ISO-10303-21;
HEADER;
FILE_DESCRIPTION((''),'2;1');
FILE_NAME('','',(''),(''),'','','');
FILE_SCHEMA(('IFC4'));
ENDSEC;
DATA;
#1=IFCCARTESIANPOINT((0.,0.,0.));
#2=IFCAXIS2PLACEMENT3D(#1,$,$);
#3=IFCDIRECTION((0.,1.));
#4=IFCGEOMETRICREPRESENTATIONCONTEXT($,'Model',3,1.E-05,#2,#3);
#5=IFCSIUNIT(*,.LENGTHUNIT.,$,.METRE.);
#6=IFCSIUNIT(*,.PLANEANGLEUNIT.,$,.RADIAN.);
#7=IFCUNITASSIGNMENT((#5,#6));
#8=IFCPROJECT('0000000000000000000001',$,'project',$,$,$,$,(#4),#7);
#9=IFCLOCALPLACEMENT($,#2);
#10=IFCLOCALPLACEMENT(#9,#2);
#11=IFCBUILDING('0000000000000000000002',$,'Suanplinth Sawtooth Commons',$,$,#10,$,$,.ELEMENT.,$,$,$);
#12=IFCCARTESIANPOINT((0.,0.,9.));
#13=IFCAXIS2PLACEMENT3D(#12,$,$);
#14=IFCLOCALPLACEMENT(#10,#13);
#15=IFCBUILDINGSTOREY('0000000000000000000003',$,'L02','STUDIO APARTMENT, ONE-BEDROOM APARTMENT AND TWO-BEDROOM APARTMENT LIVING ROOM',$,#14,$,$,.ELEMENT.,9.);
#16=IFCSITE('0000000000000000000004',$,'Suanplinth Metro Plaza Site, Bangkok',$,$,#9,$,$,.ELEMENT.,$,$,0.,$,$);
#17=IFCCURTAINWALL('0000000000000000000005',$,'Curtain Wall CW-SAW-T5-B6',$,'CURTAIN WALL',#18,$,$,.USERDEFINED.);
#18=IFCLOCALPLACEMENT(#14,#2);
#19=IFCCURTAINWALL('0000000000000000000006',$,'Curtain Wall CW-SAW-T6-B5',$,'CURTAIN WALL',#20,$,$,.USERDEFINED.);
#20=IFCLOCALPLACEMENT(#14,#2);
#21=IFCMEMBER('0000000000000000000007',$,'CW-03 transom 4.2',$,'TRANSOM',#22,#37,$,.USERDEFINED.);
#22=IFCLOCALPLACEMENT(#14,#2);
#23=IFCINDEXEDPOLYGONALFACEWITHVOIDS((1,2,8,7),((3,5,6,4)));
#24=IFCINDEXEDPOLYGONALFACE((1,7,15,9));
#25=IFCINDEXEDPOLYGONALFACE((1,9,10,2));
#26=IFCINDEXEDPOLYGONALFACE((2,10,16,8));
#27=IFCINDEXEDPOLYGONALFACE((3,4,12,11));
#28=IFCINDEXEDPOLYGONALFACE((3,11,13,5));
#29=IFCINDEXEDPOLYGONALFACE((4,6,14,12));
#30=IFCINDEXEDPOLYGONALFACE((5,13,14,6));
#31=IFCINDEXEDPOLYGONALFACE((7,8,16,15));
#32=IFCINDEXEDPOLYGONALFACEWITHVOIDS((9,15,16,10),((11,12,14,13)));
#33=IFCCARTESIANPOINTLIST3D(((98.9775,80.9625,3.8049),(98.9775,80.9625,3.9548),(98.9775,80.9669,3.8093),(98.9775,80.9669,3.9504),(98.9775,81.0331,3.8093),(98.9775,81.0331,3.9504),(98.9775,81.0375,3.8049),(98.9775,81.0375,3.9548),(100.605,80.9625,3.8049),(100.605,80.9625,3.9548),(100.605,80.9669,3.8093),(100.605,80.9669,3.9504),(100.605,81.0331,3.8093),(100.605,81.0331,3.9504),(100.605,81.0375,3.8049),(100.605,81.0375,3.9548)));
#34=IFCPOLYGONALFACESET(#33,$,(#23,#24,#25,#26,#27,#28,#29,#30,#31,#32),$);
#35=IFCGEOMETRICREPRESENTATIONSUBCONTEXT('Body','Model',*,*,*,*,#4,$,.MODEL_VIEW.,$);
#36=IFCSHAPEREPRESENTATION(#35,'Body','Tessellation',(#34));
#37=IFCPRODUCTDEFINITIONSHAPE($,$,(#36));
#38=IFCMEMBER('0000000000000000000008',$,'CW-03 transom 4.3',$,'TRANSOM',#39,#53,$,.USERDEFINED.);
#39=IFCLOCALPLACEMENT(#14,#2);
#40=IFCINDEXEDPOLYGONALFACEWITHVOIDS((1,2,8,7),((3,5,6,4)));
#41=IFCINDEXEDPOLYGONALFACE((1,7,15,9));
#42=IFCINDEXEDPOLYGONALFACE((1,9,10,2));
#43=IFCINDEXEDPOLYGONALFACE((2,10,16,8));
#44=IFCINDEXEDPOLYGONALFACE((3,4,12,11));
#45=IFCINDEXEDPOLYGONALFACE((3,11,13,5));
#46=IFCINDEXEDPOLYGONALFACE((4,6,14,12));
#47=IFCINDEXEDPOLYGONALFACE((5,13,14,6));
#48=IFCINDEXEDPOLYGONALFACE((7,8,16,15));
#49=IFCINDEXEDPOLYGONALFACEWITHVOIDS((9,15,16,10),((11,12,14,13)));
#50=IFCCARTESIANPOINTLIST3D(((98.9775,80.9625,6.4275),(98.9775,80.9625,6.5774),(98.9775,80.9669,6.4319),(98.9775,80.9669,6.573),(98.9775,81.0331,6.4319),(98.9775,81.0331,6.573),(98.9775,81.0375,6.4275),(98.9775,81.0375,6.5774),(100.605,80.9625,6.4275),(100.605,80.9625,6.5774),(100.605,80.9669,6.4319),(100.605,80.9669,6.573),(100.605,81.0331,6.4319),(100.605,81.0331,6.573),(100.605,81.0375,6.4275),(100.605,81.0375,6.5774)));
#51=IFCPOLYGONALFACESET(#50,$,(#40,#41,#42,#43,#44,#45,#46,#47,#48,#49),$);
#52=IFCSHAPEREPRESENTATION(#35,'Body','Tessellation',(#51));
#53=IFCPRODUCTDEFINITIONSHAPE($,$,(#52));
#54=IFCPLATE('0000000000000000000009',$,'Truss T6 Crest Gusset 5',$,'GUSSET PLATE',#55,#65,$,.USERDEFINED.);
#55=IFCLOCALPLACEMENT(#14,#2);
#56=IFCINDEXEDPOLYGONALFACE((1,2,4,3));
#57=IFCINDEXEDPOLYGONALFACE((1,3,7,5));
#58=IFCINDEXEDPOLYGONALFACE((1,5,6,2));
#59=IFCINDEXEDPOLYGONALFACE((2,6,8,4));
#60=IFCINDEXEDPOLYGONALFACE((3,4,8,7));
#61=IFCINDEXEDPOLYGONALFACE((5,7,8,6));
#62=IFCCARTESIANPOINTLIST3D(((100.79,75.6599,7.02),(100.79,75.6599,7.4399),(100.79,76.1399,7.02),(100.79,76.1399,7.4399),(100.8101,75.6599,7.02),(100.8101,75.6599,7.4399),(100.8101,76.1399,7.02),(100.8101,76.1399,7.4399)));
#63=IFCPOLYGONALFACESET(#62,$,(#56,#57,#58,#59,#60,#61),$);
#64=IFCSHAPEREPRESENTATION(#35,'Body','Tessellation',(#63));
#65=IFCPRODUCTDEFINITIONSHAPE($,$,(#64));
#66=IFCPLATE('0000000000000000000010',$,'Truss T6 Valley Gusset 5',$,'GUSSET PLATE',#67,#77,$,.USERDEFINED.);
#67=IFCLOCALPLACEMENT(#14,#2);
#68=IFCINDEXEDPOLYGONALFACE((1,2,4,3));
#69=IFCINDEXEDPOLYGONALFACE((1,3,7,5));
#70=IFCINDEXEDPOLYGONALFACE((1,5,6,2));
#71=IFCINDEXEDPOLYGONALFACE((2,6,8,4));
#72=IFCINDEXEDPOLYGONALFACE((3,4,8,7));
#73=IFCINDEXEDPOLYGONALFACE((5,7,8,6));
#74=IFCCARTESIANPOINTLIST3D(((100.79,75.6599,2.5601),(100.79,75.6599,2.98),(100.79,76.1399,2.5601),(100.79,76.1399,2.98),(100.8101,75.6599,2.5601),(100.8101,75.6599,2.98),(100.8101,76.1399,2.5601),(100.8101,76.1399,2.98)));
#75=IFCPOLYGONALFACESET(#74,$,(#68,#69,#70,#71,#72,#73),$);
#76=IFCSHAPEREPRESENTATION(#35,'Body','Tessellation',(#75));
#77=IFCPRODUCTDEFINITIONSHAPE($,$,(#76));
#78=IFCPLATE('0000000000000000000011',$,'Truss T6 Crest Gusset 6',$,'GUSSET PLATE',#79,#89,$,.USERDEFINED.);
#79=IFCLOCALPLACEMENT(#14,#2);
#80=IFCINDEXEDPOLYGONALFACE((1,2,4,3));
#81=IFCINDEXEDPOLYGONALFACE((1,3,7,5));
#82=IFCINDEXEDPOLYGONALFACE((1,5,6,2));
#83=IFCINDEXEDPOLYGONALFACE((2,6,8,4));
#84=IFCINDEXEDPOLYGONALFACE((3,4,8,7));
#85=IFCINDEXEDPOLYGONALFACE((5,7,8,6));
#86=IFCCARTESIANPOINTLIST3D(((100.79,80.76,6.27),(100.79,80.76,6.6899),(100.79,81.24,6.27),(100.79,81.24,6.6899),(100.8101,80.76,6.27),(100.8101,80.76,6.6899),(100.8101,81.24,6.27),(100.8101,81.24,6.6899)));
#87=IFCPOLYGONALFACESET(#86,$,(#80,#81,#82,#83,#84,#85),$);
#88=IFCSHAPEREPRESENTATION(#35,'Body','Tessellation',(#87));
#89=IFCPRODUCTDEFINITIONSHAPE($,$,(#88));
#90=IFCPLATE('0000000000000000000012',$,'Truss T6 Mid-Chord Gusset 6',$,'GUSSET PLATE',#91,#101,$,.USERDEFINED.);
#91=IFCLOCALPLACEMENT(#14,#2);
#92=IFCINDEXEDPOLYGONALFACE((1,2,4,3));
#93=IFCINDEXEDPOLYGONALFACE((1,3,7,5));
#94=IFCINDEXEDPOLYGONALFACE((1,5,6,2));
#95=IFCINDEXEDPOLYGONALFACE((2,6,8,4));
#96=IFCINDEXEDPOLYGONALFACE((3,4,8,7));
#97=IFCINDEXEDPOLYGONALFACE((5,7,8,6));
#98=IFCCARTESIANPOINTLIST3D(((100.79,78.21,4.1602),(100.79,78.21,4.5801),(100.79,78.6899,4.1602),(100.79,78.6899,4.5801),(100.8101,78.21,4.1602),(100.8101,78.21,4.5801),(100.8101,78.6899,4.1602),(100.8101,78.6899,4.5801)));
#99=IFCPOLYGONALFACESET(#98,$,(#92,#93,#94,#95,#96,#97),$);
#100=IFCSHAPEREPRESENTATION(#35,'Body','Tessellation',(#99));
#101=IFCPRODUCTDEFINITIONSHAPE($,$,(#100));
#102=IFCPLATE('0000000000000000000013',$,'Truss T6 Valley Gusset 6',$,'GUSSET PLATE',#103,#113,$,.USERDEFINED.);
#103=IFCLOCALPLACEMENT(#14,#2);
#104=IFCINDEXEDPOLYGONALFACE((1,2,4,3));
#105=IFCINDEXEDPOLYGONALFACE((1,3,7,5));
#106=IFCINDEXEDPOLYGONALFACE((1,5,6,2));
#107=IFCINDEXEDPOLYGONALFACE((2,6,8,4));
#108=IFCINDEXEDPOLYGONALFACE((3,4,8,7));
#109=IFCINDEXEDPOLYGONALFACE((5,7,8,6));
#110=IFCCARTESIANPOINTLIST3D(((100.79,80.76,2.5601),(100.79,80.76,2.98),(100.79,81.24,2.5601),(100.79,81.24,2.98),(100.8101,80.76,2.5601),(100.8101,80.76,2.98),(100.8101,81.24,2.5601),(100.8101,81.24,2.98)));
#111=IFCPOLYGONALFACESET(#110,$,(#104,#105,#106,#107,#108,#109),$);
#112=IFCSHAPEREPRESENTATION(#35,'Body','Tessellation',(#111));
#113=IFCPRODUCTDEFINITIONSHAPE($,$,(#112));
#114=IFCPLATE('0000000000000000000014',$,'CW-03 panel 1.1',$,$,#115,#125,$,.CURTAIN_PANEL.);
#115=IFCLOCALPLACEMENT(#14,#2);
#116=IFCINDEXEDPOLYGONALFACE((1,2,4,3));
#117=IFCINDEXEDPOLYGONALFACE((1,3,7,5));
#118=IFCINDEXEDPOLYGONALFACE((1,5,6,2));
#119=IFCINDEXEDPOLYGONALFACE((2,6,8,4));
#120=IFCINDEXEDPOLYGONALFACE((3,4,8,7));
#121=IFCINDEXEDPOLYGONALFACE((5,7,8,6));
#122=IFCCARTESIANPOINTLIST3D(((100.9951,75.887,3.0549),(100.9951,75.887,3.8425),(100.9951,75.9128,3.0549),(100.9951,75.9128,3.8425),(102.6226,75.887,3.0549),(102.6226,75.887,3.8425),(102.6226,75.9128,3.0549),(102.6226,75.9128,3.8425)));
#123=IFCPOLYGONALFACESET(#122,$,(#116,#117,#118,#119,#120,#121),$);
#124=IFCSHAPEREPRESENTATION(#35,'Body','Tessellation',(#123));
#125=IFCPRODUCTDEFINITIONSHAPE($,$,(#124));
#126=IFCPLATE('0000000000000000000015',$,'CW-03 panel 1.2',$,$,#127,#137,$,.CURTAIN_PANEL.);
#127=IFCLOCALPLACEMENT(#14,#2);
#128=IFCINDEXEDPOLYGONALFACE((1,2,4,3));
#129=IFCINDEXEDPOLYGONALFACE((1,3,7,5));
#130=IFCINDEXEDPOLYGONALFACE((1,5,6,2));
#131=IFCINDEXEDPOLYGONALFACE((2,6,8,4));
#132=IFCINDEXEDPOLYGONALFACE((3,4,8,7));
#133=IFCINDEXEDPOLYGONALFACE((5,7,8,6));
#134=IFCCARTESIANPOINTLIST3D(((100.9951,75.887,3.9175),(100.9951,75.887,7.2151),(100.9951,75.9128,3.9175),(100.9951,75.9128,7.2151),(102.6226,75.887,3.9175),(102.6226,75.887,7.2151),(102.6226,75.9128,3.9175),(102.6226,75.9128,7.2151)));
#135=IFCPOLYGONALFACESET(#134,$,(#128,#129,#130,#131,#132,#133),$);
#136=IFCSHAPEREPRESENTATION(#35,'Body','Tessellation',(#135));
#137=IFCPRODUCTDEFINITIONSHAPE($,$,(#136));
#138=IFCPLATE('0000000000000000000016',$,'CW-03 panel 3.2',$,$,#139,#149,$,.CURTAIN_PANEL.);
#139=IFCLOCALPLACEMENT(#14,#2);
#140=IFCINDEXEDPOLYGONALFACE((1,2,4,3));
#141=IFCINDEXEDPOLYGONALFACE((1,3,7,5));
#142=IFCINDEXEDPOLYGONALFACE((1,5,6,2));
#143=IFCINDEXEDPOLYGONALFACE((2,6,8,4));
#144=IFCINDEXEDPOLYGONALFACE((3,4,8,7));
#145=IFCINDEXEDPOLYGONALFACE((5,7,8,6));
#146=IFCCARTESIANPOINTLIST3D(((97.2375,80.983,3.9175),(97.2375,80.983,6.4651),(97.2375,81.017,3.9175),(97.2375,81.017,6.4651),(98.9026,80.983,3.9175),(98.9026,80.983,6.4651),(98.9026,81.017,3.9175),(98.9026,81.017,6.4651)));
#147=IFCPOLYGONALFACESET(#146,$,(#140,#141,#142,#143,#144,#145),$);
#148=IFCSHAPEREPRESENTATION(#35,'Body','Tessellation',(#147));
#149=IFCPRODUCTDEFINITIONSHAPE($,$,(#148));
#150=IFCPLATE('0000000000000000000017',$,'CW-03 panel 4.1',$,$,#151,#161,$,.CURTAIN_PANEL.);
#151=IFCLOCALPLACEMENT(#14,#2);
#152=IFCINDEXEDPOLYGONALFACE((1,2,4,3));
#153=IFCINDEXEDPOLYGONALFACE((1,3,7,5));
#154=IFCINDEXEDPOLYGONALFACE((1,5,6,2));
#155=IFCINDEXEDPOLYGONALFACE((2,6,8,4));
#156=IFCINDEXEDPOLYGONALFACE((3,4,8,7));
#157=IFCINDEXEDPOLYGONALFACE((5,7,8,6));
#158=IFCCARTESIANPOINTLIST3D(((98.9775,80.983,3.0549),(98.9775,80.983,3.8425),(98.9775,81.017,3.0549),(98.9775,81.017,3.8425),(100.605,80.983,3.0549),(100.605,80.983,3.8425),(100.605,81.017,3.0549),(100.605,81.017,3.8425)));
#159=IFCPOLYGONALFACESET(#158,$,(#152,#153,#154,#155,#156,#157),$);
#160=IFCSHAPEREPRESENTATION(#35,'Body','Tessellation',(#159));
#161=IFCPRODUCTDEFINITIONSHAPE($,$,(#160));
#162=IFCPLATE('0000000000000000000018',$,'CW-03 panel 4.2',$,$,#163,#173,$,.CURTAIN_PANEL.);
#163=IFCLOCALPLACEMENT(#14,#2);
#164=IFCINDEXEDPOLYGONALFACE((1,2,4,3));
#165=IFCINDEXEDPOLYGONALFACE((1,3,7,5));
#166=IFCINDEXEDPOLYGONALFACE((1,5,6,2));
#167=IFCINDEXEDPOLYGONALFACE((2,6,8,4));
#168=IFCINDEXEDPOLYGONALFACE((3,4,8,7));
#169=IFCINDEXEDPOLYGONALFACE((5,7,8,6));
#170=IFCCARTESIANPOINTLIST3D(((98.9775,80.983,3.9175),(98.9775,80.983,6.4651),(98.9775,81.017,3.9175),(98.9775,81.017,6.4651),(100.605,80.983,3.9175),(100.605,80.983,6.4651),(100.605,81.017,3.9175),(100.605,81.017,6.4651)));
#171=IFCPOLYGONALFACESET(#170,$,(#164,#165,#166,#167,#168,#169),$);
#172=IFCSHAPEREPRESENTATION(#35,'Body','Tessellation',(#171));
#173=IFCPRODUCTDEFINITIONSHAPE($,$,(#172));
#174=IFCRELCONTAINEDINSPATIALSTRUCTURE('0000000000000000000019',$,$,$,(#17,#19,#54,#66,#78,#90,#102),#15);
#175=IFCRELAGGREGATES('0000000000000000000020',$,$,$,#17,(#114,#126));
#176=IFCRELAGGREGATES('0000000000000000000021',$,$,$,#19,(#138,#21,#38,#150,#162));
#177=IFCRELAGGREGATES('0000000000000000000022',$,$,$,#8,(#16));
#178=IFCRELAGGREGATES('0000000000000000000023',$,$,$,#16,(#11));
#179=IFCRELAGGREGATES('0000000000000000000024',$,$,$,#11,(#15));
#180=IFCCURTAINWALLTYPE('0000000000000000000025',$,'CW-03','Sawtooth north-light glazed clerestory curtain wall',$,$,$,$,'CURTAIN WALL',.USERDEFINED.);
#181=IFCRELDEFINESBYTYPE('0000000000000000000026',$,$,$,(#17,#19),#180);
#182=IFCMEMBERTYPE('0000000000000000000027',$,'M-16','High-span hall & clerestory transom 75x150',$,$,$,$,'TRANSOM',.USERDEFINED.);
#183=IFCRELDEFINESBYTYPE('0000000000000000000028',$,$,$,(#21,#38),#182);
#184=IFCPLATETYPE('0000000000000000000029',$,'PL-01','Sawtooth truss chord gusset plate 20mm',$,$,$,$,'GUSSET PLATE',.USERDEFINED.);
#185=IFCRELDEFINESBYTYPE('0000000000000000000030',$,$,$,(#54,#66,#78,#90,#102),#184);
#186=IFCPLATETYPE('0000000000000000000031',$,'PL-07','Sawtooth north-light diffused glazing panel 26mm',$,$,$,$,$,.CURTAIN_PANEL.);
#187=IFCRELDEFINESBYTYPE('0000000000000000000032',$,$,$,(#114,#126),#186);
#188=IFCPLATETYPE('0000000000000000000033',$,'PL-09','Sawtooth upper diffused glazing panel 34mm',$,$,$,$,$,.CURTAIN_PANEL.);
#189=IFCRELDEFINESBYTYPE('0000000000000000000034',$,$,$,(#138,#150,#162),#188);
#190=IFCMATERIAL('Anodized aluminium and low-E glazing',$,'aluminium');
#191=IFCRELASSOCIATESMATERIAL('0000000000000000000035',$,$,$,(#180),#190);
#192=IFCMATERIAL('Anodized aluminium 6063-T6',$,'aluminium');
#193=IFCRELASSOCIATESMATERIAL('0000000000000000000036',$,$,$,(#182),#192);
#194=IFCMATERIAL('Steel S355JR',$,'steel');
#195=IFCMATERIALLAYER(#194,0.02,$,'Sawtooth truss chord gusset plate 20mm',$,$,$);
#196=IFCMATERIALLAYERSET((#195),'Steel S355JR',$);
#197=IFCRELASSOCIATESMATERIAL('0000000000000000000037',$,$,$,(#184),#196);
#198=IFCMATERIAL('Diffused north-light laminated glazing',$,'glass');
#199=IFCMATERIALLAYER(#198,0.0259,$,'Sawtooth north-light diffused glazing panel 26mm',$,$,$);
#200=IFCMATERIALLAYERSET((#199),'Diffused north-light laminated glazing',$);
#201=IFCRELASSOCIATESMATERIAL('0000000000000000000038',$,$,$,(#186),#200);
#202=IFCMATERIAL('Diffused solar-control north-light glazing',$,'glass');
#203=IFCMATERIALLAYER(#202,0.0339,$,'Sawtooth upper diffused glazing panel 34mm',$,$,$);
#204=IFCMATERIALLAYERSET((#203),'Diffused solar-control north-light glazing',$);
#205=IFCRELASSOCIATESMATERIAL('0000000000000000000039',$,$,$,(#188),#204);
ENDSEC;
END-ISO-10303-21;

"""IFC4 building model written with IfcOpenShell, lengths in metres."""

from ifc_helpers import new_model, si_unit, direction, frame, origin, origin_2d, place, context, subcontext, project, spatial, rectangle, hollow_rectangle, extrude, material, layer, layer_set, material_profile, profile_set, type_object, element, aggregate, save


model = new_model("IFC4")

# Units and contexts
model_context = context("Model", 3, precision=1e-05, world=origin(), true_north=direction((0.0, 1.0)))
body_context = subcontext(model_context, "Body", "Model", "MODEL_VIEW")
ifc_project = project(units=[si_unit("LENGTHUNIT", "METRE"), si_unit("PLANEANGLEUNIT", "RADIAN")], contexts=[model_context])

# Site, building, storey
site_placement = place(None, origin())
site = spatial("IfcSite", under=ifc_project, at=site_placement, Name="Suanplinth Metro Plaza Site, Bangkok", CompositionType="ELEMENT", RefElevation=0.0)
building_placement = place(site_placement, origin())
building = spatial("IfcBuilding", under=site, at=building_placement, Name="Suanplinth Sawtooth Commons", CompositionType="ELEMENT")
storey_placement = place(building_placement, frame((0.0, 0.0, 9.0)))
storey = spatial("IfcBuildingStorey", under=building, at=storey_placement, Name="L02", Description="STUDIO APARTMENT, ONE-BEDROOM APARTMENT AND TWO-BEDROOM APARTMENT LIVING ROOM", CompositionType="ELEMENT", Elevation=9.0)

# Shared definitions
ifc_material_1 = material(Name="Steel S355JR", Category="steel")

# Shared definitions
ifc_material_2 = material(Name="Anodized aluminium and low-E glazing", Category="aluminium")
curtain_wall_type = type_object("IfcCurtainWallType", Name="CW-03", Description="Sawtooth north-light glazed clerestory curtain wall", ElementType="CURTAIN WALL", PredefinedType="USERDEFINED", material=ifc_material_2)
ifc_material_3 = material(Name="Anodized aluminium 6063-T6", Category="aluminium")

# Curtain walls
curtain_wall_1_placement = place(storey_placement, origin())
curtain_wall_1 = element("IfcCurtainWall", 1, at=curtain_wall_1_placement, inside=storey, type_object=curtain_wall_type, Name="Curtain Wall CW-SAW-T5-B6", ObjectType="CURTAIN WALL", PredefinedType="USERDEFINED")
curtain_wall_2_placement = place(storey_placement, origin())
curtain_wall_2 = element("IfcCurtainWall", 2, at=curtain_wall_2_placement, inside=storey, type_object=curtain_wall_type, Name="Curtain Wall CW-SAW-T6-B5", ObjectType="CURTAIN WALL", PredefinedType="USERDEFINED")

# Members
ifc_material_profile_1 = material_profile(ifc_material_3, hollow_rectangle(XDim=0.075, YDim=0.1499, WallThickness=0.0044, at=origin_2d()), Name="ALU-TRN 75x150")
ifc_profile_set_1 = profile_set([ifc_material_profile_1], Name="Anodized aluminium 6063-T6")
member_type_1 = type_object("IfcMemberType", Name="M-16", Description="High-span hall & clerestory transom 75x150", ElementType="TRANSOM", PredefinedType="USERDEFINED", material=ifc_profile_set_1)
member_1_placement = place(storey_placement, frame((98.9775, 81.0, 3.8799), z_axis=(1.0, 0.0, 0.0), x_axis=(0.0, 1.0, 0.0)))
member_1 = element("IfcMember", 3, at=member_1_placement, type_object=member_type_1, Name="CW-03 transom 4.2", ObjectType="TRANSOM", PredefinedType="USERDEFINED", context=body_context, shape_type="SweptSolid", body=[
    extrude(hollow_rectangle(XDim=0.075, YDim=0.1499, WallThickness=0.0044, at=origin_2d()), origin(), (0.0, 0.0, 1.0), 1.6274),
])
member_2_placement = place(storey_placement, frame((98.9775, 81.0, 6.5024), z_axis=(1.0, 0.0, 0.0), x_axis=(0.0, 1.0, 0.0)))
member_2 = element("IfcMember", 4, at=member_2_placement, type_object=member_type_1, Name="CW-03 transom 4.3", ObjectType="TRANSOM", PredefinedType="USERDEFINED", context=body_context, shape_type="SweptSolid", body=[
    extrude(hollow_rectangle(XDim=0.075, YDim=0.1499, WallThickness=0.0044, at=origin_2d()), origin(), (0.0, 0.0, 1.0), 1.6274),
])

# Plates
ifc_layer_1 = layer(ifc_material_1, 0.02, Name="Sawtooth truss chord gusset plate 20mm")
ifc_layer_set_1 = layer_set([ifc_layer_1], Name="Steel S355JR")
plate_type_1 = type_object("IfcPlateType", Name="PL-01", Description="Sawtooth truss chord gusset plate 20mm", ElementType="GUSSET PLATE", PredefinedType="USERDEFINED", material=ifc_layer_set_1)
for number, where, z_axis, x_axis, name in (
    (5, (100.8, 75.8999, 7.02), (0.0, 0.0, 1.0), (1.0, 0.0, 0.0), "Truss T6 Crest Gusset 5"),
    (6, (100.8, 75.8999, 2.5601), (0.0, 0.0, 1.0), (1.0, 0.0, 0.0), "Truss T6 Valley Gusset 5"),
    (7, (100.8, 81.0, 6.27), (0.0, 0.0, 1.0), (1.0, 0.0, 0.0), "Truss T6 Crest Gusset 6"),
    (8, (100.8, 78.45, 4.1602), (0.0, 0.0, 1.0), (1.0, 0.0, 0.0), "Truss T6 Mid-Chord Gusset 6"),
    (9, (100.8, 81.0, 2.5601), (0.0, 0.0, 1.0), (1.0, 0.0, 0.0), "Truss T6 Valley Gusset 6"),
):
    element("IfcPlate", number, at=place(storey_placement, frame(where, z_axis=z_axis, x_axis=x_axis)), inside=storey, type_object=plate_type_1, Name=name, ObjectType="GUSSET PLATE", PredefinedType="USERDEFINED", context=body_context, shape_type="SweptSolid", body=[
        extrude(rectangle(XDim=0.02, YDim=0.48, at=origin_2d()), origin(), (0.0, 0.0, 1.0), 0.4199),
    ])

# Plates
ifc_material_4 = material(Name="Diffused north-light laminated glazing", Category="glass")
ifc_layer_2 = layer(ifc_material_4, 0.0259, Name="Sawtooth north-light diffused glazing panel 26mm")
ifc_layer_set_2 = layer_set([ifc_layer_2], Name="Diffused north-light laminated glazing")
plate_type_2 = type_object("IfcPlateType", Name="PL-07", Description="Sawtooth north-light diffused glazing panel 26mm", PredefinedType="CURTAIN_PANEL", material=ifc_layer_set_2)
plate_1_placement = place(storey_placement, frame((101.8088, 75.8999, 3.0549), z_axis=(0.0, 0.0, 1.0), x_axis=(1.0, 0.0, 0.0)))
plate_1 = element("IfcPlate", 10, at=plate_1_placement, type_object=plate_type_2, Name="CW-03 panel 1.1", PredefinedType="CURTAIN_PANEL", context=body_context, shape_type="SweptSolid", body=[
    extrude(rectangle(XDim=1.6274, YDim=0.0259, at=origin_2d()), origin(), (0.0, 0.0, 1.0), 0.7876),
])
plate_2_placement = place(storey_placement, frame((101.8088, 75.8999, 3.9175), z_axis=(0.0, 0.0, 1.0), x_axis=(1.0, 0.0, 0.0)))
plate_2 = element("IfcPlate", 11, at=plate_2_placement, type_object=plate_type_2, Name="CW-03 panel 1.2", PredefinedType="CURTAIN_PANEL", context=body_context, shape_type="SweptSolid", body=[
    extrude(rectangle(XDim=1.6274, YDim=0.0259, at=origin_2d()), origin(), (0.0, 0.0, 1.0), 3.2976),
])
aggregate(curtain_wall_1, [plate_1, plate_2])
ifc_material_5 = material(Name="Diffused solar-control north-light glazing", Category="glass")
ifc_layer_3 = layer(ifc_material_5, 0.0339, Name="Sawtooth upper diffused glazing panel 34mm")
ifc_layer_set_3 = layer_set([ifc_layer_3], Name="Diffused solar-control north-light glazing")
plate_type_3 = type_object("IfcPlateType", Name="PL-09", Description="Sawtooth upper diffused glazing panel 34mm", PredefinedType="CURTAIN_PANEL", material=ifc_layer_set_3)
plate_3_placement = place(storey_placement, frame((98.0701, 81.0, 3.9175), z_axis=(0.0, 0.0, 1.0), x_axis=(1.0, 0.0, 0.0)))
plate_3 = element("IfcPlate", 12, at=plate_3_placement, type_object=plate_type_3, Name="CW-03 panel 3.2", PredefinedType="CURTAIN_PANEL", context=body_context, shape_type="SweptSolid", body=[
    extrude(rectangle(XDim=1.665, YDim=0.0339, at=origin_2d()), origin(), (0.0, 0.0, 1.0), 2.5476),
])
plate_4_placement = place(storey_placement, frame((99.7913, 81.0, 3.0549), z_axis=(0.0, 0.0, 1.0), x_axis=(1.0, 0.0, 0.0)))
plate_4 = element("IfcPlate", 13, at=plate_4_placement, type_object=plate_type_3, Name="CW-03 panel 4.1", PredefinedType="CURTAIN_PANEL", context=body_context, shape_type="SweptSolid", body=[
    extrude(rectangle(XDim=1.6274, YDim=0.0339, at=origin_2d()), origin(), (0.0, 0.0, 1.0), 0.7876),
])
plate_5_placement = place(storey_placement, frame((99.7913, 81.0, 3.9175), z_axis=(0.0, 0.0, 1.0), x_axis=(1.0, 0.0, 0.0)))
plate_5 = element("IfcPlate", 14, at=plate_5_placement, type_object=plate_type_3, Name="CW-03 panel 4.2", PredefinedType="CURTAIN_PANEL", context=body_context, shape_type="SweptSolid", body=[
    extrude(rectangle(XDim=1.6274, YDim=0.0339, at=origin_2d()), origin(), (0.0, 0.0, 1.0), 2.5476),
])
aggregate(curtain_wall_2, [plate_3, member_1, member_2, plate_4, plate_5])

save(model, "model.ifc")
